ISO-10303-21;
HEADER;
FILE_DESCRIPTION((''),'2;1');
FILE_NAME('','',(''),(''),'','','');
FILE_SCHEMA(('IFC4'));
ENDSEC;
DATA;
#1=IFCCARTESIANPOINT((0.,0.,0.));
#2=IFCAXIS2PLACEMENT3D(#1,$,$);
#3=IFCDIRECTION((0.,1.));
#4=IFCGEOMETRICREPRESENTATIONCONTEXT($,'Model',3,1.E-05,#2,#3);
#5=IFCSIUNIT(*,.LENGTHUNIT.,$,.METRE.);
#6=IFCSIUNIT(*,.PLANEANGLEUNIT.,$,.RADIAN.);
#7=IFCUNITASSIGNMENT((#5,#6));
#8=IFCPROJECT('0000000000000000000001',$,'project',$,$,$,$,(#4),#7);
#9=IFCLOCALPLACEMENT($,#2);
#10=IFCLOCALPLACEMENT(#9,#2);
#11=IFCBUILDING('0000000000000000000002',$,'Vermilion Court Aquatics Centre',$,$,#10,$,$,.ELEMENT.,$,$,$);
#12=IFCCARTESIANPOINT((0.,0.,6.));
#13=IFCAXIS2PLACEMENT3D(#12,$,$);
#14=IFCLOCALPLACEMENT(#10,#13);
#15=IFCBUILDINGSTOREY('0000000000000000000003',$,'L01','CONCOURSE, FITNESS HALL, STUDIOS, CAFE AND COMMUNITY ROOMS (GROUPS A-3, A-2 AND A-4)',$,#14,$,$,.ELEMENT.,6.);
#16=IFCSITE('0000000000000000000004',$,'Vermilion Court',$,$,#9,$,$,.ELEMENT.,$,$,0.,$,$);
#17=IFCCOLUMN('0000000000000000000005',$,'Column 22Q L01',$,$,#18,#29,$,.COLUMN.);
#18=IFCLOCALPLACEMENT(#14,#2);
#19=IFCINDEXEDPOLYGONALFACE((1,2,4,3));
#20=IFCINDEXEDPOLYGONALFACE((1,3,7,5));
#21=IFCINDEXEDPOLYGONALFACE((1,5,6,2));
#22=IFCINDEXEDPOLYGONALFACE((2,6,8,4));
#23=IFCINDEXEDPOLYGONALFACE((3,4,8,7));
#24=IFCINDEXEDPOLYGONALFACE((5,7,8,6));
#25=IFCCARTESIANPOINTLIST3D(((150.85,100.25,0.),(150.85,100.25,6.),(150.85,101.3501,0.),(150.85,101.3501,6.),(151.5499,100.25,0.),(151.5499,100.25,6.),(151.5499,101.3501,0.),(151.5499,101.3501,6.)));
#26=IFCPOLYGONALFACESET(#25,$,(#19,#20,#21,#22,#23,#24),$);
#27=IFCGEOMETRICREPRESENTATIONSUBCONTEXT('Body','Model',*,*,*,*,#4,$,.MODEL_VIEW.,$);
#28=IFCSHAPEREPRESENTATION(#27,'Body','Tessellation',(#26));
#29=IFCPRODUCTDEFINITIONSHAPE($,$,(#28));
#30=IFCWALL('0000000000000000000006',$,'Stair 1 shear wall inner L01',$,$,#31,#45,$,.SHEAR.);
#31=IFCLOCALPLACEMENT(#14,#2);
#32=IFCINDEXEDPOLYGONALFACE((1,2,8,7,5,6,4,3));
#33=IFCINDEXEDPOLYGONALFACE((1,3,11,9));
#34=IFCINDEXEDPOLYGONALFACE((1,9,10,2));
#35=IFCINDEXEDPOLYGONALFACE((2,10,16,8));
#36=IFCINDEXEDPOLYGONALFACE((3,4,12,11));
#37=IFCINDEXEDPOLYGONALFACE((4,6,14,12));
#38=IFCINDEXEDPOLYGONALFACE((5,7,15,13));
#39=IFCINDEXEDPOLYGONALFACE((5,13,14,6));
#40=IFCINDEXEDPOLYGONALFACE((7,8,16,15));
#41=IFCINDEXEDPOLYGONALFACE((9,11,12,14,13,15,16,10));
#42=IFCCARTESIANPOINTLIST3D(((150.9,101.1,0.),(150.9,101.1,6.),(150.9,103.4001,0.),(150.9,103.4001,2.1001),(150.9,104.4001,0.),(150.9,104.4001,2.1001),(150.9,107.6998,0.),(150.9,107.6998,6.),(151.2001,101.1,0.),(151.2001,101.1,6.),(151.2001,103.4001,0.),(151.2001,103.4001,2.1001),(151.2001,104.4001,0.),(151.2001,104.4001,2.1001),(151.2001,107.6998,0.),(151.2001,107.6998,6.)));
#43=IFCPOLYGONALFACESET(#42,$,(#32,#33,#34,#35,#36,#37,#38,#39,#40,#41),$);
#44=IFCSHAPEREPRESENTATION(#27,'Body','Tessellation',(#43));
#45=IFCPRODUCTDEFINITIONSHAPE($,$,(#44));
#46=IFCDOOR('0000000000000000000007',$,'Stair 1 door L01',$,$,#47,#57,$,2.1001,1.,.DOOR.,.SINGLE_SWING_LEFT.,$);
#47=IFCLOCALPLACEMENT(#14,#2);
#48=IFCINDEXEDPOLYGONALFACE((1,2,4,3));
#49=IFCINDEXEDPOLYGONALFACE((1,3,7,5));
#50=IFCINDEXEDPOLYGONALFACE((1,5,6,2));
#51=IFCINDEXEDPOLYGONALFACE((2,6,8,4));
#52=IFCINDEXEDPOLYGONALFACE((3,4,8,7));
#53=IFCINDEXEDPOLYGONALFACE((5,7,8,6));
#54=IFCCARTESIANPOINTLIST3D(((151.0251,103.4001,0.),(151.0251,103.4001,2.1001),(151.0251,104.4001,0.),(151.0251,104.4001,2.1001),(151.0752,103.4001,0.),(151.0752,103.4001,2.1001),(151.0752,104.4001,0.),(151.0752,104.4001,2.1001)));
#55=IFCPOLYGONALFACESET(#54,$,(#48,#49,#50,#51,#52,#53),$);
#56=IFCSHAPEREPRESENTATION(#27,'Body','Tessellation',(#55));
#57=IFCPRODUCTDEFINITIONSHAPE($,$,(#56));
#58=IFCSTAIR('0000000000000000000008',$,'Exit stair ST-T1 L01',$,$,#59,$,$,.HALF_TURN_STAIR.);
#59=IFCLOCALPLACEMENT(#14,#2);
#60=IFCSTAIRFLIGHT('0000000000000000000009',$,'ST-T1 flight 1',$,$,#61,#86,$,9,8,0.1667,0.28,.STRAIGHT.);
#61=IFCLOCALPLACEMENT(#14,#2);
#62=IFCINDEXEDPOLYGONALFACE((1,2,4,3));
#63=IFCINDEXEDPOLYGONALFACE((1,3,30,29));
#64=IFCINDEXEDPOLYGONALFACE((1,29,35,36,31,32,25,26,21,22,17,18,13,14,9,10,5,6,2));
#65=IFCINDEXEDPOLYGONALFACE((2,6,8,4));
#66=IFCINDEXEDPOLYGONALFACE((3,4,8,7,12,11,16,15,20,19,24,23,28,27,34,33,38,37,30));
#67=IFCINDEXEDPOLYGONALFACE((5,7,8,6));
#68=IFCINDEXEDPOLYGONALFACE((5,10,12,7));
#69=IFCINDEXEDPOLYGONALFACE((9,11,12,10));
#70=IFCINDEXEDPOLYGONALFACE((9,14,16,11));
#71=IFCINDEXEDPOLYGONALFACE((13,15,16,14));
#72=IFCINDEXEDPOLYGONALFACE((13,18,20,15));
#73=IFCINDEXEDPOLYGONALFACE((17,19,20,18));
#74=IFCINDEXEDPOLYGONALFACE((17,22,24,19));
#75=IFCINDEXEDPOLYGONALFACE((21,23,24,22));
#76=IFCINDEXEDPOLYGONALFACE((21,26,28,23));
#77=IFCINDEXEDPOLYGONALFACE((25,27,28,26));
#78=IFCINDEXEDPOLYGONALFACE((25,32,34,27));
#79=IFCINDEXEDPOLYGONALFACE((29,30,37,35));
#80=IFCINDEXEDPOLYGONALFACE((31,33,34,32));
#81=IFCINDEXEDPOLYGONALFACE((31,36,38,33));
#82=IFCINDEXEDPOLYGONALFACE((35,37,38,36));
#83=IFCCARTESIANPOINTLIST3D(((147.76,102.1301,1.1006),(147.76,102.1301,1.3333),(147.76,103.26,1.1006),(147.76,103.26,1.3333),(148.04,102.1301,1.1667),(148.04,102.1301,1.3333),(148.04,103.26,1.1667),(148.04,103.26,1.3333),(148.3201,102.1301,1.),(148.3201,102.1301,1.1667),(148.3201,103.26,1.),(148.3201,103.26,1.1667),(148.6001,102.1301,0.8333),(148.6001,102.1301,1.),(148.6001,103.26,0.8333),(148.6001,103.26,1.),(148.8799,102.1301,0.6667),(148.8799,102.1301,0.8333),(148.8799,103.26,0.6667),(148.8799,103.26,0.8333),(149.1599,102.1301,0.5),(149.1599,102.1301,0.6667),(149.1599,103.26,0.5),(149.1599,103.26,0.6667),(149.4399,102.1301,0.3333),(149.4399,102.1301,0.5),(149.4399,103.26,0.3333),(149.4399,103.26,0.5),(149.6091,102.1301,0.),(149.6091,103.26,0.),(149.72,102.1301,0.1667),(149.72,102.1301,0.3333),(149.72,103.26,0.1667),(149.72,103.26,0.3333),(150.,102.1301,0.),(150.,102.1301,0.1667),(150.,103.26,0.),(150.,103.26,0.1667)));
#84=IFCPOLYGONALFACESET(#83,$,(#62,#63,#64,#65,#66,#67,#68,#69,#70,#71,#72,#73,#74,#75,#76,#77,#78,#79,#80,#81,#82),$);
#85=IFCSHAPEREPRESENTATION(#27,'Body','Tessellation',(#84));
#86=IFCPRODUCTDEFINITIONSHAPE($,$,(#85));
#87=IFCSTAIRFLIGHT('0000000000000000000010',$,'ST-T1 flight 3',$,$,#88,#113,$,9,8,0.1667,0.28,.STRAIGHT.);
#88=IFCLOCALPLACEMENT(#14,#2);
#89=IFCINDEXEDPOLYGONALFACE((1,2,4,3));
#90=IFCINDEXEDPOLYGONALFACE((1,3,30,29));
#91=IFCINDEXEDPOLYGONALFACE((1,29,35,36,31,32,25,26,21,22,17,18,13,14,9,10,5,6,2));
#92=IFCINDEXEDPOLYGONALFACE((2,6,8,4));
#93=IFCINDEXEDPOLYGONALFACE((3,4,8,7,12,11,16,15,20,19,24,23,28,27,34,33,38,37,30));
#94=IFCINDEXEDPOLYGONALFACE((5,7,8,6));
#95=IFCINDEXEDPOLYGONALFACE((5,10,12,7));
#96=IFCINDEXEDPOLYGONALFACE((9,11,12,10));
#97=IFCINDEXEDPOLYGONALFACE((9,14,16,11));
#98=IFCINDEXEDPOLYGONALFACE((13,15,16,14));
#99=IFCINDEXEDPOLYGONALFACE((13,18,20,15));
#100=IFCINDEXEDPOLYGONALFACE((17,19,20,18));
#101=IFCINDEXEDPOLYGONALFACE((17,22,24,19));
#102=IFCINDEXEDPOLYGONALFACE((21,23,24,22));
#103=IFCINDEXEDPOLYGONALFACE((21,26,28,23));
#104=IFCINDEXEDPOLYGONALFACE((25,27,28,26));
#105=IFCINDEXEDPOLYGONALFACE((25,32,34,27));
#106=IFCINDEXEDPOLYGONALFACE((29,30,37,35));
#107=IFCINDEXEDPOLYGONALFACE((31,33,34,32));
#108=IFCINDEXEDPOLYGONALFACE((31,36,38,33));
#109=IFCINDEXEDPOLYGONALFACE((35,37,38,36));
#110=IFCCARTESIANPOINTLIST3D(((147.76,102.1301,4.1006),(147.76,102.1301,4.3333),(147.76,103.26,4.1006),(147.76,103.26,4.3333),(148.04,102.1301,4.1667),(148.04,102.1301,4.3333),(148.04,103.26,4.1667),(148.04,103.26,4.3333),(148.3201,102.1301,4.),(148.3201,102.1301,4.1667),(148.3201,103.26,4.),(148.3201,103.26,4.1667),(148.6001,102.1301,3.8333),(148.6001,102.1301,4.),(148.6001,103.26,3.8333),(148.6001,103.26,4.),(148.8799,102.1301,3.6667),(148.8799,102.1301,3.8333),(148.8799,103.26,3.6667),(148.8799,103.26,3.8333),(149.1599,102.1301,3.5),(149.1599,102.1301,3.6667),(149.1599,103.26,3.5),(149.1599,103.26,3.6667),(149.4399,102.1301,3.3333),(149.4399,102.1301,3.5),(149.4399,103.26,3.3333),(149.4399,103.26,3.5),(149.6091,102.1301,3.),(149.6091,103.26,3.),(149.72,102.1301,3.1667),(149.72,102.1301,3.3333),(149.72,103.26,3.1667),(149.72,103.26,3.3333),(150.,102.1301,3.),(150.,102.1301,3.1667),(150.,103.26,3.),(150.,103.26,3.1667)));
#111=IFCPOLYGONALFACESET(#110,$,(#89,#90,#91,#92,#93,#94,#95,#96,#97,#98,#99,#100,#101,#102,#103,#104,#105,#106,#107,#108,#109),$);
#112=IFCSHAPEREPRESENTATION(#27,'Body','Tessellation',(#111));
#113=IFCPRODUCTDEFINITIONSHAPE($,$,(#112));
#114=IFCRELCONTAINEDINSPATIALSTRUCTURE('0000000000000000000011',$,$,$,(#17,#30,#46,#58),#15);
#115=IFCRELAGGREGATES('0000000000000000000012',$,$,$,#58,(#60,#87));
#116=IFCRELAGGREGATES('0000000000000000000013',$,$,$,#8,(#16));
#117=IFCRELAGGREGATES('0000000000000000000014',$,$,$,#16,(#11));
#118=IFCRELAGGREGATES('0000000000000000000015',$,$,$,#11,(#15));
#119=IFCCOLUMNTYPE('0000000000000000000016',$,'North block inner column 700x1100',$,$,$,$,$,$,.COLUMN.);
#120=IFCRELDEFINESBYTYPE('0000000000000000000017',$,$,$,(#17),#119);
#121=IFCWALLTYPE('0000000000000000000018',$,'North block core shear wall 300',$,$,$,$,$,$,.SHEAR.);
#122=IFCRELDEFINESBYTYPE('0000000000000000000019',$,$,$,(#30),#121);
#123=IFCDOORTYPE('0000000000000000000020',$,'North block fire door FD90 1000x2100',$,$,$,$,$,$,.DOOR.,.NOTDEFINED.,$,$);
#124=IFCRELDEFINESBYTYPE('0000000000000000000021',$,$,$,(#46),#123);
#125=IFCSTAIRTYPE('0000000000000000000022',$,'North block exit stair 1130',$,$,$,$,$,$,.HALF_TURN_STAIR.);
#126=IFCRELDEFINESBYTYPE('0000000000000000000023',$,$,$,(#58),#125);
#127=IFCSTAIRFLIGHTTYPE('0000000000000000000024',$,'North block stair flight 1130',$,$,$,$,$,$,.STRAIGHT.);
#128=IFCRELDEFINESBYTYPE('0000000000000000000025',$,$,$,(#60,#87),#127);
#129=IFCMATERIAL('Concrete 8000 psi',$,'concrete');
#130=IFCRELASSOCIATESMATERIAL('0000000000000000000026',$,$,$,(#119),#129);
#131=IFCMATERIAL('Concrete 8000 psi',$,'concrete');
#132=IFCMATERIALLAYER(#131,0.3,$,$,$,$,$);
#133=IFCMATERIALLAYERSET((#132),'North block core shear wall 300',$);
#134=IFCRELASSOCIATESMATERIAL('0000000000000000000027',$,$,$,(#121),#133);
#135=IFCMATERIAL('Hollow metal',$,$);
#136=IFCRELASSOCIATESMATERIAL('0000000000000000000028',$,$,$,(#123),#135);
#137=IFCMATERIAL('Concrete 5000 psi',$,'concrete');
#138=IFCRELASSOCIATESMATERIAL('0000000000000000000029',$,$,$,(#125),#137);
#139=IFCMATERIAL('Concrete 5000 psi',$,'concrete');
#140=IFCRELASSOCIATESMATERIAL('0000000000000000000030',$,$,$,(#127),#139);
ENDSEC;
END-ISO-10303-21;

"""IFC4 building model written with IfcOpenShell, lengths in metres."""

from ifc_helpers import new_model, si_unit, direction, frame, frame_2d, origin, origin_2d, place, context, subcontext, project, spatial, polyline, rectangle, outline, extrude, material, layer, layer_set, material_profile, profile_set, type_object, element, fill, aggregate, save


model = new_model("IFC4")

# Units and contexts
model_context = context("Model", 3, precision=1e-05, world=origin(), true_north=direction((0.0, 1.0)))
body_context = subcontext(model_context, "Body", "Model", "MODEL_VIEW")
ifc_project = project(units=[si_unit("LENGTHUNIT", "METRE"), si_unit("PLANEANGLEUNIT", "RADIAN")], contexts=[model_context])

# Site, building, storey
site_placement = place(None, origin())
site = spatial("IfcSite", under=ifc_project, at=site_placement, Name="Vermilion Court", CompositionType="ELEMENT", RefElevation=0.0)
building_placement = place(site_placement, origin())
building = spatial("IfcBuilding", under=site, at=building_placement, Name="Vermilion Court Aquatics Centre", CompositionType="ELEMENT")
storey_placement = place(building_placement, frame((0.0, 0.0, 6.0)))
storey = spatial("IfcBuildingStorey", under=building, at=storey_placement, Name="L01", Description="CONCOURSE, FITNESS HALL, STUDIOS, CAFE AND COMMUNITY ROOMS (GROUPS A-3, A-2 AND A-4)", CompositionType="ELEMENT", Elevation=6.0)

# Column
ifc_material_1 = material(Name="Concrete 8000 psi", Category="concrete")
ifc_material_profile = material_profile(ifc_material_1, rectangle(XDim=0.7, YDim=1.1001, at=origin_2d()), Name="RC 700x1100")
ifc_profile_set = profile_set([ifc_material_profile], Name="Concrete 8000 psi")
column_type = type_object("IfcColumnType", Name="North block inner column 700x1100", PredefinedType="COLUMN", material=ifc_profile_set)
column_placement = place(storey_placement, frame((151.2, 100.8, 0.0), z_axis=(0.0, 0.0, 1.0), x_axis=(1.0, 0.0, 0.0)))
element("IfcColumn", 1, at=column_placement, inside=storey, type_object=column_type, Name="Column 22Q L01", PredefinedType="COLUMN", context=body_context, shape_type="SweptSolid", body=[
    extrude(rectangle(XDim=0.7, YDim=1.1001, at=origin_2d()), origin(), (0.0, 0.0, 1.0), 6.0),
])

# Wall, opening, door
ifc_material_2 = material(Name="Concrete 8000 psi", Category="concrete")
ifc_layer = layer(ifc_material_2, 0.3)
ifc_layer_set = layer_set([ifc_layer], Name="North block core shear wall 300")
wall_type = type_object("IfcWallType", Name="North block core shear wall 300", PredefinedType="SHEAR", material=ifc_layer_set)
wall_placement = place(storey_placement, frame((151.05, 101.1001, 0.0), z_axis=(0.0, 0.0, 1.0), x_axis=(0.0, 1.0, 0.0)))
wall = element("IfcWall", 2, at=wall_placement, inside=storey, type_object=wall_type, Name="Stair 1 shear wall inner L01", PredefinedType="SHEAR", context=body_context, shape_type="SweptSolid", body=[
    extrude(rectangle(XDim=6.5999, YDim=0.3, at=frame_2d((3.2998, 0.0))), origin(), (0.0, 0.0, 1.0), 6.0),
])
opening_placement = place(wall_placement, frame((2.3, 0.0, 0.0)))
opening = element("IfcOpeningElement", 3, at=opening_placement, cuts=wall, PredefinedType="OPENING", context=body_context, shape_type="SweptSolid", body=[
    extrude(rectangle(XDim=1.0, YDim=2.1001, at=frame_2d((0.5, 1.05))), frame((0.0, 0.1599, 0.0), z_axis=(0.0, -1.0, 0.0), x_axis=(1.0, 0.0, 0.0)), (0.0, 0.0, 1.0), 0.3201),
])
ifc_material_3 = material(Name="Hollow metal")
door_type = type_object("IfcDoorType", Name="North block fire door FD90 1000x2100", OperationType="NOTDEFINED", PredefinedType="DOOR", material=ifc_material_3)
door_placement = place(opening_placement, origin())
door = element("IfcDoor", 4, at=door_placement, inside=storey, type_object=door_type, Name="Stair 1 door L01", OperationType="SINGLE_SWING_LEFT", OverallHeight=2.1001, OverallWidth=1.0, PredefinedType="DOOR", context=body_context, shape_type="SweptSolid", body=[
    extrude(rectangle(XDim=1.0, YDim=2.1001, at=frame_2d((0.5, 1.05))), frame((0.0, 0.0249, 0.0), z_axis=(0.0, -1.0, 0.0), x_axis=(1.0, 0.0, 0.0)), (0.0, 0.0, 1.0), 0.05),
])
fill(opening, door)

# Stair, stair flights
ifc_material_4 = material(Name="Concrete 5000 psi", Category="concrete")
stair_type = type_object("IfcStairType", Name="North block exit stair 1130", PredefinedType="HALF_TURN_STAIR", material=ifc_material_4)
stair_placement = place(storey_placement, origin())
stair = element("IfcStair", 5, at=stair_placement, inside=storey, type_object=stair_type, Name="Exit stair ST-T1 L01", PredefinedType="HALF_TURN_STAIR")
ifc_material_5 = material(Name="Concrete 5000 psi", Category="concrete")
stair_flight_type = type_object("IfcStairFlightType", Name="North block stair flight 1130", PredefinedType="STRAIGHT", material=ifc_material_5)
stair_flight_1_placement = place(storey_placement, frame((150.0, 102.6951, 0.0), z_axis=(0.0, 0.0, 1.0), x_axis=(-1.0, 0.0, 0.0)))
stair_flight_1 = element("IfcStairFlight", 6, at=stair_flight_1_placement, type_object=stair_flight_type, Name="ST-T1 flight 1", NumberOfRisers=9, NumberOfTreads=8, PredefinedType="STRAIGHT", RiserHeight=0.1667, TreadLength=0.28, context=body_context, shape_type="SweptSolid", body=[
    extrude(outline(polyline([(0.0, 0.0), (0.0, 0.1667), (0.28, 0.1667), (0.28, 0.3333), (0.5601, 0.3333), (0.5601, 0.5), (0.8401, 0.5), (0.8401, 0.6667), (1.1201, 0.6667), (1.1201, 0.8333), (1.3999, 0.8333), (1.3999, 1.0), (1.6799, 1.0), (1.6799, 1.1667), (1.96, 1.1667), (1.96, 1.3333), (2.24, 1.3333), (2.24, 1.5), (2.24, 1.1006), (0.3909, 0.0), (0.0, 0.0)])), frame((0.0, 0.5649, 0.0), z_axis=(0.0, -1.0, 0.0), x_axis=(1.0, 0.0, 0.0)), (0.0, 0.0, 1.0), 1.1299),
])
stair_flight_2_placement = place(storey_placement, frame((150.0, 102.6951, 3.0), z_axis=(0.0, 0.0, 1.0), x_axis=(-1.0, 0.0, 0.0)))
stair_flight_2 = element("IfcStairFlight", 7, at=stair_flight_2_placement, type_object=stair_flight_type, Name="ST-T1 flight 3", NumberOfRisers=9, NumberOfTreads=8, PredefinedType="STRAIGHT", RiserHeight=0.1667, TreadLength=0.28, context=body_context, shape_type="SweptSolid", body=[
    extrude(outline(polyline([(0.0, 0.0), (0.0, 0.1667), (0.28, 0.1667), (0.28, 0.3333), (0.5601, 0.3333), (0.5601, 0.5), (0.8401, 0.5), (0.8401, 0.6667), (1.1201, 0.6667), (1.1201, 0.8333), (1.3999, 0.8333), (1.3999, 1.0), (1.6799, 1.0), (1.6799, 1.1667), (1.96, 1.1667), (1.96, 1.3333), (2.24, 1.3333), (2.24, 1.5), (2.24, 1.1006), (0.3909, 0.0), (0.0, 0.0)])), frame((0.0, 0.5649, 0.0), z_axis=(0.0, -1.0, 0.0), x_axis=(1.0, 0.0, 0.0)), (0.0, 0.0, 1.0), 1.1299),
])
aggregate(stair, [stair_flight_1, stair_flight_2])

save(model, "model.ifc")
